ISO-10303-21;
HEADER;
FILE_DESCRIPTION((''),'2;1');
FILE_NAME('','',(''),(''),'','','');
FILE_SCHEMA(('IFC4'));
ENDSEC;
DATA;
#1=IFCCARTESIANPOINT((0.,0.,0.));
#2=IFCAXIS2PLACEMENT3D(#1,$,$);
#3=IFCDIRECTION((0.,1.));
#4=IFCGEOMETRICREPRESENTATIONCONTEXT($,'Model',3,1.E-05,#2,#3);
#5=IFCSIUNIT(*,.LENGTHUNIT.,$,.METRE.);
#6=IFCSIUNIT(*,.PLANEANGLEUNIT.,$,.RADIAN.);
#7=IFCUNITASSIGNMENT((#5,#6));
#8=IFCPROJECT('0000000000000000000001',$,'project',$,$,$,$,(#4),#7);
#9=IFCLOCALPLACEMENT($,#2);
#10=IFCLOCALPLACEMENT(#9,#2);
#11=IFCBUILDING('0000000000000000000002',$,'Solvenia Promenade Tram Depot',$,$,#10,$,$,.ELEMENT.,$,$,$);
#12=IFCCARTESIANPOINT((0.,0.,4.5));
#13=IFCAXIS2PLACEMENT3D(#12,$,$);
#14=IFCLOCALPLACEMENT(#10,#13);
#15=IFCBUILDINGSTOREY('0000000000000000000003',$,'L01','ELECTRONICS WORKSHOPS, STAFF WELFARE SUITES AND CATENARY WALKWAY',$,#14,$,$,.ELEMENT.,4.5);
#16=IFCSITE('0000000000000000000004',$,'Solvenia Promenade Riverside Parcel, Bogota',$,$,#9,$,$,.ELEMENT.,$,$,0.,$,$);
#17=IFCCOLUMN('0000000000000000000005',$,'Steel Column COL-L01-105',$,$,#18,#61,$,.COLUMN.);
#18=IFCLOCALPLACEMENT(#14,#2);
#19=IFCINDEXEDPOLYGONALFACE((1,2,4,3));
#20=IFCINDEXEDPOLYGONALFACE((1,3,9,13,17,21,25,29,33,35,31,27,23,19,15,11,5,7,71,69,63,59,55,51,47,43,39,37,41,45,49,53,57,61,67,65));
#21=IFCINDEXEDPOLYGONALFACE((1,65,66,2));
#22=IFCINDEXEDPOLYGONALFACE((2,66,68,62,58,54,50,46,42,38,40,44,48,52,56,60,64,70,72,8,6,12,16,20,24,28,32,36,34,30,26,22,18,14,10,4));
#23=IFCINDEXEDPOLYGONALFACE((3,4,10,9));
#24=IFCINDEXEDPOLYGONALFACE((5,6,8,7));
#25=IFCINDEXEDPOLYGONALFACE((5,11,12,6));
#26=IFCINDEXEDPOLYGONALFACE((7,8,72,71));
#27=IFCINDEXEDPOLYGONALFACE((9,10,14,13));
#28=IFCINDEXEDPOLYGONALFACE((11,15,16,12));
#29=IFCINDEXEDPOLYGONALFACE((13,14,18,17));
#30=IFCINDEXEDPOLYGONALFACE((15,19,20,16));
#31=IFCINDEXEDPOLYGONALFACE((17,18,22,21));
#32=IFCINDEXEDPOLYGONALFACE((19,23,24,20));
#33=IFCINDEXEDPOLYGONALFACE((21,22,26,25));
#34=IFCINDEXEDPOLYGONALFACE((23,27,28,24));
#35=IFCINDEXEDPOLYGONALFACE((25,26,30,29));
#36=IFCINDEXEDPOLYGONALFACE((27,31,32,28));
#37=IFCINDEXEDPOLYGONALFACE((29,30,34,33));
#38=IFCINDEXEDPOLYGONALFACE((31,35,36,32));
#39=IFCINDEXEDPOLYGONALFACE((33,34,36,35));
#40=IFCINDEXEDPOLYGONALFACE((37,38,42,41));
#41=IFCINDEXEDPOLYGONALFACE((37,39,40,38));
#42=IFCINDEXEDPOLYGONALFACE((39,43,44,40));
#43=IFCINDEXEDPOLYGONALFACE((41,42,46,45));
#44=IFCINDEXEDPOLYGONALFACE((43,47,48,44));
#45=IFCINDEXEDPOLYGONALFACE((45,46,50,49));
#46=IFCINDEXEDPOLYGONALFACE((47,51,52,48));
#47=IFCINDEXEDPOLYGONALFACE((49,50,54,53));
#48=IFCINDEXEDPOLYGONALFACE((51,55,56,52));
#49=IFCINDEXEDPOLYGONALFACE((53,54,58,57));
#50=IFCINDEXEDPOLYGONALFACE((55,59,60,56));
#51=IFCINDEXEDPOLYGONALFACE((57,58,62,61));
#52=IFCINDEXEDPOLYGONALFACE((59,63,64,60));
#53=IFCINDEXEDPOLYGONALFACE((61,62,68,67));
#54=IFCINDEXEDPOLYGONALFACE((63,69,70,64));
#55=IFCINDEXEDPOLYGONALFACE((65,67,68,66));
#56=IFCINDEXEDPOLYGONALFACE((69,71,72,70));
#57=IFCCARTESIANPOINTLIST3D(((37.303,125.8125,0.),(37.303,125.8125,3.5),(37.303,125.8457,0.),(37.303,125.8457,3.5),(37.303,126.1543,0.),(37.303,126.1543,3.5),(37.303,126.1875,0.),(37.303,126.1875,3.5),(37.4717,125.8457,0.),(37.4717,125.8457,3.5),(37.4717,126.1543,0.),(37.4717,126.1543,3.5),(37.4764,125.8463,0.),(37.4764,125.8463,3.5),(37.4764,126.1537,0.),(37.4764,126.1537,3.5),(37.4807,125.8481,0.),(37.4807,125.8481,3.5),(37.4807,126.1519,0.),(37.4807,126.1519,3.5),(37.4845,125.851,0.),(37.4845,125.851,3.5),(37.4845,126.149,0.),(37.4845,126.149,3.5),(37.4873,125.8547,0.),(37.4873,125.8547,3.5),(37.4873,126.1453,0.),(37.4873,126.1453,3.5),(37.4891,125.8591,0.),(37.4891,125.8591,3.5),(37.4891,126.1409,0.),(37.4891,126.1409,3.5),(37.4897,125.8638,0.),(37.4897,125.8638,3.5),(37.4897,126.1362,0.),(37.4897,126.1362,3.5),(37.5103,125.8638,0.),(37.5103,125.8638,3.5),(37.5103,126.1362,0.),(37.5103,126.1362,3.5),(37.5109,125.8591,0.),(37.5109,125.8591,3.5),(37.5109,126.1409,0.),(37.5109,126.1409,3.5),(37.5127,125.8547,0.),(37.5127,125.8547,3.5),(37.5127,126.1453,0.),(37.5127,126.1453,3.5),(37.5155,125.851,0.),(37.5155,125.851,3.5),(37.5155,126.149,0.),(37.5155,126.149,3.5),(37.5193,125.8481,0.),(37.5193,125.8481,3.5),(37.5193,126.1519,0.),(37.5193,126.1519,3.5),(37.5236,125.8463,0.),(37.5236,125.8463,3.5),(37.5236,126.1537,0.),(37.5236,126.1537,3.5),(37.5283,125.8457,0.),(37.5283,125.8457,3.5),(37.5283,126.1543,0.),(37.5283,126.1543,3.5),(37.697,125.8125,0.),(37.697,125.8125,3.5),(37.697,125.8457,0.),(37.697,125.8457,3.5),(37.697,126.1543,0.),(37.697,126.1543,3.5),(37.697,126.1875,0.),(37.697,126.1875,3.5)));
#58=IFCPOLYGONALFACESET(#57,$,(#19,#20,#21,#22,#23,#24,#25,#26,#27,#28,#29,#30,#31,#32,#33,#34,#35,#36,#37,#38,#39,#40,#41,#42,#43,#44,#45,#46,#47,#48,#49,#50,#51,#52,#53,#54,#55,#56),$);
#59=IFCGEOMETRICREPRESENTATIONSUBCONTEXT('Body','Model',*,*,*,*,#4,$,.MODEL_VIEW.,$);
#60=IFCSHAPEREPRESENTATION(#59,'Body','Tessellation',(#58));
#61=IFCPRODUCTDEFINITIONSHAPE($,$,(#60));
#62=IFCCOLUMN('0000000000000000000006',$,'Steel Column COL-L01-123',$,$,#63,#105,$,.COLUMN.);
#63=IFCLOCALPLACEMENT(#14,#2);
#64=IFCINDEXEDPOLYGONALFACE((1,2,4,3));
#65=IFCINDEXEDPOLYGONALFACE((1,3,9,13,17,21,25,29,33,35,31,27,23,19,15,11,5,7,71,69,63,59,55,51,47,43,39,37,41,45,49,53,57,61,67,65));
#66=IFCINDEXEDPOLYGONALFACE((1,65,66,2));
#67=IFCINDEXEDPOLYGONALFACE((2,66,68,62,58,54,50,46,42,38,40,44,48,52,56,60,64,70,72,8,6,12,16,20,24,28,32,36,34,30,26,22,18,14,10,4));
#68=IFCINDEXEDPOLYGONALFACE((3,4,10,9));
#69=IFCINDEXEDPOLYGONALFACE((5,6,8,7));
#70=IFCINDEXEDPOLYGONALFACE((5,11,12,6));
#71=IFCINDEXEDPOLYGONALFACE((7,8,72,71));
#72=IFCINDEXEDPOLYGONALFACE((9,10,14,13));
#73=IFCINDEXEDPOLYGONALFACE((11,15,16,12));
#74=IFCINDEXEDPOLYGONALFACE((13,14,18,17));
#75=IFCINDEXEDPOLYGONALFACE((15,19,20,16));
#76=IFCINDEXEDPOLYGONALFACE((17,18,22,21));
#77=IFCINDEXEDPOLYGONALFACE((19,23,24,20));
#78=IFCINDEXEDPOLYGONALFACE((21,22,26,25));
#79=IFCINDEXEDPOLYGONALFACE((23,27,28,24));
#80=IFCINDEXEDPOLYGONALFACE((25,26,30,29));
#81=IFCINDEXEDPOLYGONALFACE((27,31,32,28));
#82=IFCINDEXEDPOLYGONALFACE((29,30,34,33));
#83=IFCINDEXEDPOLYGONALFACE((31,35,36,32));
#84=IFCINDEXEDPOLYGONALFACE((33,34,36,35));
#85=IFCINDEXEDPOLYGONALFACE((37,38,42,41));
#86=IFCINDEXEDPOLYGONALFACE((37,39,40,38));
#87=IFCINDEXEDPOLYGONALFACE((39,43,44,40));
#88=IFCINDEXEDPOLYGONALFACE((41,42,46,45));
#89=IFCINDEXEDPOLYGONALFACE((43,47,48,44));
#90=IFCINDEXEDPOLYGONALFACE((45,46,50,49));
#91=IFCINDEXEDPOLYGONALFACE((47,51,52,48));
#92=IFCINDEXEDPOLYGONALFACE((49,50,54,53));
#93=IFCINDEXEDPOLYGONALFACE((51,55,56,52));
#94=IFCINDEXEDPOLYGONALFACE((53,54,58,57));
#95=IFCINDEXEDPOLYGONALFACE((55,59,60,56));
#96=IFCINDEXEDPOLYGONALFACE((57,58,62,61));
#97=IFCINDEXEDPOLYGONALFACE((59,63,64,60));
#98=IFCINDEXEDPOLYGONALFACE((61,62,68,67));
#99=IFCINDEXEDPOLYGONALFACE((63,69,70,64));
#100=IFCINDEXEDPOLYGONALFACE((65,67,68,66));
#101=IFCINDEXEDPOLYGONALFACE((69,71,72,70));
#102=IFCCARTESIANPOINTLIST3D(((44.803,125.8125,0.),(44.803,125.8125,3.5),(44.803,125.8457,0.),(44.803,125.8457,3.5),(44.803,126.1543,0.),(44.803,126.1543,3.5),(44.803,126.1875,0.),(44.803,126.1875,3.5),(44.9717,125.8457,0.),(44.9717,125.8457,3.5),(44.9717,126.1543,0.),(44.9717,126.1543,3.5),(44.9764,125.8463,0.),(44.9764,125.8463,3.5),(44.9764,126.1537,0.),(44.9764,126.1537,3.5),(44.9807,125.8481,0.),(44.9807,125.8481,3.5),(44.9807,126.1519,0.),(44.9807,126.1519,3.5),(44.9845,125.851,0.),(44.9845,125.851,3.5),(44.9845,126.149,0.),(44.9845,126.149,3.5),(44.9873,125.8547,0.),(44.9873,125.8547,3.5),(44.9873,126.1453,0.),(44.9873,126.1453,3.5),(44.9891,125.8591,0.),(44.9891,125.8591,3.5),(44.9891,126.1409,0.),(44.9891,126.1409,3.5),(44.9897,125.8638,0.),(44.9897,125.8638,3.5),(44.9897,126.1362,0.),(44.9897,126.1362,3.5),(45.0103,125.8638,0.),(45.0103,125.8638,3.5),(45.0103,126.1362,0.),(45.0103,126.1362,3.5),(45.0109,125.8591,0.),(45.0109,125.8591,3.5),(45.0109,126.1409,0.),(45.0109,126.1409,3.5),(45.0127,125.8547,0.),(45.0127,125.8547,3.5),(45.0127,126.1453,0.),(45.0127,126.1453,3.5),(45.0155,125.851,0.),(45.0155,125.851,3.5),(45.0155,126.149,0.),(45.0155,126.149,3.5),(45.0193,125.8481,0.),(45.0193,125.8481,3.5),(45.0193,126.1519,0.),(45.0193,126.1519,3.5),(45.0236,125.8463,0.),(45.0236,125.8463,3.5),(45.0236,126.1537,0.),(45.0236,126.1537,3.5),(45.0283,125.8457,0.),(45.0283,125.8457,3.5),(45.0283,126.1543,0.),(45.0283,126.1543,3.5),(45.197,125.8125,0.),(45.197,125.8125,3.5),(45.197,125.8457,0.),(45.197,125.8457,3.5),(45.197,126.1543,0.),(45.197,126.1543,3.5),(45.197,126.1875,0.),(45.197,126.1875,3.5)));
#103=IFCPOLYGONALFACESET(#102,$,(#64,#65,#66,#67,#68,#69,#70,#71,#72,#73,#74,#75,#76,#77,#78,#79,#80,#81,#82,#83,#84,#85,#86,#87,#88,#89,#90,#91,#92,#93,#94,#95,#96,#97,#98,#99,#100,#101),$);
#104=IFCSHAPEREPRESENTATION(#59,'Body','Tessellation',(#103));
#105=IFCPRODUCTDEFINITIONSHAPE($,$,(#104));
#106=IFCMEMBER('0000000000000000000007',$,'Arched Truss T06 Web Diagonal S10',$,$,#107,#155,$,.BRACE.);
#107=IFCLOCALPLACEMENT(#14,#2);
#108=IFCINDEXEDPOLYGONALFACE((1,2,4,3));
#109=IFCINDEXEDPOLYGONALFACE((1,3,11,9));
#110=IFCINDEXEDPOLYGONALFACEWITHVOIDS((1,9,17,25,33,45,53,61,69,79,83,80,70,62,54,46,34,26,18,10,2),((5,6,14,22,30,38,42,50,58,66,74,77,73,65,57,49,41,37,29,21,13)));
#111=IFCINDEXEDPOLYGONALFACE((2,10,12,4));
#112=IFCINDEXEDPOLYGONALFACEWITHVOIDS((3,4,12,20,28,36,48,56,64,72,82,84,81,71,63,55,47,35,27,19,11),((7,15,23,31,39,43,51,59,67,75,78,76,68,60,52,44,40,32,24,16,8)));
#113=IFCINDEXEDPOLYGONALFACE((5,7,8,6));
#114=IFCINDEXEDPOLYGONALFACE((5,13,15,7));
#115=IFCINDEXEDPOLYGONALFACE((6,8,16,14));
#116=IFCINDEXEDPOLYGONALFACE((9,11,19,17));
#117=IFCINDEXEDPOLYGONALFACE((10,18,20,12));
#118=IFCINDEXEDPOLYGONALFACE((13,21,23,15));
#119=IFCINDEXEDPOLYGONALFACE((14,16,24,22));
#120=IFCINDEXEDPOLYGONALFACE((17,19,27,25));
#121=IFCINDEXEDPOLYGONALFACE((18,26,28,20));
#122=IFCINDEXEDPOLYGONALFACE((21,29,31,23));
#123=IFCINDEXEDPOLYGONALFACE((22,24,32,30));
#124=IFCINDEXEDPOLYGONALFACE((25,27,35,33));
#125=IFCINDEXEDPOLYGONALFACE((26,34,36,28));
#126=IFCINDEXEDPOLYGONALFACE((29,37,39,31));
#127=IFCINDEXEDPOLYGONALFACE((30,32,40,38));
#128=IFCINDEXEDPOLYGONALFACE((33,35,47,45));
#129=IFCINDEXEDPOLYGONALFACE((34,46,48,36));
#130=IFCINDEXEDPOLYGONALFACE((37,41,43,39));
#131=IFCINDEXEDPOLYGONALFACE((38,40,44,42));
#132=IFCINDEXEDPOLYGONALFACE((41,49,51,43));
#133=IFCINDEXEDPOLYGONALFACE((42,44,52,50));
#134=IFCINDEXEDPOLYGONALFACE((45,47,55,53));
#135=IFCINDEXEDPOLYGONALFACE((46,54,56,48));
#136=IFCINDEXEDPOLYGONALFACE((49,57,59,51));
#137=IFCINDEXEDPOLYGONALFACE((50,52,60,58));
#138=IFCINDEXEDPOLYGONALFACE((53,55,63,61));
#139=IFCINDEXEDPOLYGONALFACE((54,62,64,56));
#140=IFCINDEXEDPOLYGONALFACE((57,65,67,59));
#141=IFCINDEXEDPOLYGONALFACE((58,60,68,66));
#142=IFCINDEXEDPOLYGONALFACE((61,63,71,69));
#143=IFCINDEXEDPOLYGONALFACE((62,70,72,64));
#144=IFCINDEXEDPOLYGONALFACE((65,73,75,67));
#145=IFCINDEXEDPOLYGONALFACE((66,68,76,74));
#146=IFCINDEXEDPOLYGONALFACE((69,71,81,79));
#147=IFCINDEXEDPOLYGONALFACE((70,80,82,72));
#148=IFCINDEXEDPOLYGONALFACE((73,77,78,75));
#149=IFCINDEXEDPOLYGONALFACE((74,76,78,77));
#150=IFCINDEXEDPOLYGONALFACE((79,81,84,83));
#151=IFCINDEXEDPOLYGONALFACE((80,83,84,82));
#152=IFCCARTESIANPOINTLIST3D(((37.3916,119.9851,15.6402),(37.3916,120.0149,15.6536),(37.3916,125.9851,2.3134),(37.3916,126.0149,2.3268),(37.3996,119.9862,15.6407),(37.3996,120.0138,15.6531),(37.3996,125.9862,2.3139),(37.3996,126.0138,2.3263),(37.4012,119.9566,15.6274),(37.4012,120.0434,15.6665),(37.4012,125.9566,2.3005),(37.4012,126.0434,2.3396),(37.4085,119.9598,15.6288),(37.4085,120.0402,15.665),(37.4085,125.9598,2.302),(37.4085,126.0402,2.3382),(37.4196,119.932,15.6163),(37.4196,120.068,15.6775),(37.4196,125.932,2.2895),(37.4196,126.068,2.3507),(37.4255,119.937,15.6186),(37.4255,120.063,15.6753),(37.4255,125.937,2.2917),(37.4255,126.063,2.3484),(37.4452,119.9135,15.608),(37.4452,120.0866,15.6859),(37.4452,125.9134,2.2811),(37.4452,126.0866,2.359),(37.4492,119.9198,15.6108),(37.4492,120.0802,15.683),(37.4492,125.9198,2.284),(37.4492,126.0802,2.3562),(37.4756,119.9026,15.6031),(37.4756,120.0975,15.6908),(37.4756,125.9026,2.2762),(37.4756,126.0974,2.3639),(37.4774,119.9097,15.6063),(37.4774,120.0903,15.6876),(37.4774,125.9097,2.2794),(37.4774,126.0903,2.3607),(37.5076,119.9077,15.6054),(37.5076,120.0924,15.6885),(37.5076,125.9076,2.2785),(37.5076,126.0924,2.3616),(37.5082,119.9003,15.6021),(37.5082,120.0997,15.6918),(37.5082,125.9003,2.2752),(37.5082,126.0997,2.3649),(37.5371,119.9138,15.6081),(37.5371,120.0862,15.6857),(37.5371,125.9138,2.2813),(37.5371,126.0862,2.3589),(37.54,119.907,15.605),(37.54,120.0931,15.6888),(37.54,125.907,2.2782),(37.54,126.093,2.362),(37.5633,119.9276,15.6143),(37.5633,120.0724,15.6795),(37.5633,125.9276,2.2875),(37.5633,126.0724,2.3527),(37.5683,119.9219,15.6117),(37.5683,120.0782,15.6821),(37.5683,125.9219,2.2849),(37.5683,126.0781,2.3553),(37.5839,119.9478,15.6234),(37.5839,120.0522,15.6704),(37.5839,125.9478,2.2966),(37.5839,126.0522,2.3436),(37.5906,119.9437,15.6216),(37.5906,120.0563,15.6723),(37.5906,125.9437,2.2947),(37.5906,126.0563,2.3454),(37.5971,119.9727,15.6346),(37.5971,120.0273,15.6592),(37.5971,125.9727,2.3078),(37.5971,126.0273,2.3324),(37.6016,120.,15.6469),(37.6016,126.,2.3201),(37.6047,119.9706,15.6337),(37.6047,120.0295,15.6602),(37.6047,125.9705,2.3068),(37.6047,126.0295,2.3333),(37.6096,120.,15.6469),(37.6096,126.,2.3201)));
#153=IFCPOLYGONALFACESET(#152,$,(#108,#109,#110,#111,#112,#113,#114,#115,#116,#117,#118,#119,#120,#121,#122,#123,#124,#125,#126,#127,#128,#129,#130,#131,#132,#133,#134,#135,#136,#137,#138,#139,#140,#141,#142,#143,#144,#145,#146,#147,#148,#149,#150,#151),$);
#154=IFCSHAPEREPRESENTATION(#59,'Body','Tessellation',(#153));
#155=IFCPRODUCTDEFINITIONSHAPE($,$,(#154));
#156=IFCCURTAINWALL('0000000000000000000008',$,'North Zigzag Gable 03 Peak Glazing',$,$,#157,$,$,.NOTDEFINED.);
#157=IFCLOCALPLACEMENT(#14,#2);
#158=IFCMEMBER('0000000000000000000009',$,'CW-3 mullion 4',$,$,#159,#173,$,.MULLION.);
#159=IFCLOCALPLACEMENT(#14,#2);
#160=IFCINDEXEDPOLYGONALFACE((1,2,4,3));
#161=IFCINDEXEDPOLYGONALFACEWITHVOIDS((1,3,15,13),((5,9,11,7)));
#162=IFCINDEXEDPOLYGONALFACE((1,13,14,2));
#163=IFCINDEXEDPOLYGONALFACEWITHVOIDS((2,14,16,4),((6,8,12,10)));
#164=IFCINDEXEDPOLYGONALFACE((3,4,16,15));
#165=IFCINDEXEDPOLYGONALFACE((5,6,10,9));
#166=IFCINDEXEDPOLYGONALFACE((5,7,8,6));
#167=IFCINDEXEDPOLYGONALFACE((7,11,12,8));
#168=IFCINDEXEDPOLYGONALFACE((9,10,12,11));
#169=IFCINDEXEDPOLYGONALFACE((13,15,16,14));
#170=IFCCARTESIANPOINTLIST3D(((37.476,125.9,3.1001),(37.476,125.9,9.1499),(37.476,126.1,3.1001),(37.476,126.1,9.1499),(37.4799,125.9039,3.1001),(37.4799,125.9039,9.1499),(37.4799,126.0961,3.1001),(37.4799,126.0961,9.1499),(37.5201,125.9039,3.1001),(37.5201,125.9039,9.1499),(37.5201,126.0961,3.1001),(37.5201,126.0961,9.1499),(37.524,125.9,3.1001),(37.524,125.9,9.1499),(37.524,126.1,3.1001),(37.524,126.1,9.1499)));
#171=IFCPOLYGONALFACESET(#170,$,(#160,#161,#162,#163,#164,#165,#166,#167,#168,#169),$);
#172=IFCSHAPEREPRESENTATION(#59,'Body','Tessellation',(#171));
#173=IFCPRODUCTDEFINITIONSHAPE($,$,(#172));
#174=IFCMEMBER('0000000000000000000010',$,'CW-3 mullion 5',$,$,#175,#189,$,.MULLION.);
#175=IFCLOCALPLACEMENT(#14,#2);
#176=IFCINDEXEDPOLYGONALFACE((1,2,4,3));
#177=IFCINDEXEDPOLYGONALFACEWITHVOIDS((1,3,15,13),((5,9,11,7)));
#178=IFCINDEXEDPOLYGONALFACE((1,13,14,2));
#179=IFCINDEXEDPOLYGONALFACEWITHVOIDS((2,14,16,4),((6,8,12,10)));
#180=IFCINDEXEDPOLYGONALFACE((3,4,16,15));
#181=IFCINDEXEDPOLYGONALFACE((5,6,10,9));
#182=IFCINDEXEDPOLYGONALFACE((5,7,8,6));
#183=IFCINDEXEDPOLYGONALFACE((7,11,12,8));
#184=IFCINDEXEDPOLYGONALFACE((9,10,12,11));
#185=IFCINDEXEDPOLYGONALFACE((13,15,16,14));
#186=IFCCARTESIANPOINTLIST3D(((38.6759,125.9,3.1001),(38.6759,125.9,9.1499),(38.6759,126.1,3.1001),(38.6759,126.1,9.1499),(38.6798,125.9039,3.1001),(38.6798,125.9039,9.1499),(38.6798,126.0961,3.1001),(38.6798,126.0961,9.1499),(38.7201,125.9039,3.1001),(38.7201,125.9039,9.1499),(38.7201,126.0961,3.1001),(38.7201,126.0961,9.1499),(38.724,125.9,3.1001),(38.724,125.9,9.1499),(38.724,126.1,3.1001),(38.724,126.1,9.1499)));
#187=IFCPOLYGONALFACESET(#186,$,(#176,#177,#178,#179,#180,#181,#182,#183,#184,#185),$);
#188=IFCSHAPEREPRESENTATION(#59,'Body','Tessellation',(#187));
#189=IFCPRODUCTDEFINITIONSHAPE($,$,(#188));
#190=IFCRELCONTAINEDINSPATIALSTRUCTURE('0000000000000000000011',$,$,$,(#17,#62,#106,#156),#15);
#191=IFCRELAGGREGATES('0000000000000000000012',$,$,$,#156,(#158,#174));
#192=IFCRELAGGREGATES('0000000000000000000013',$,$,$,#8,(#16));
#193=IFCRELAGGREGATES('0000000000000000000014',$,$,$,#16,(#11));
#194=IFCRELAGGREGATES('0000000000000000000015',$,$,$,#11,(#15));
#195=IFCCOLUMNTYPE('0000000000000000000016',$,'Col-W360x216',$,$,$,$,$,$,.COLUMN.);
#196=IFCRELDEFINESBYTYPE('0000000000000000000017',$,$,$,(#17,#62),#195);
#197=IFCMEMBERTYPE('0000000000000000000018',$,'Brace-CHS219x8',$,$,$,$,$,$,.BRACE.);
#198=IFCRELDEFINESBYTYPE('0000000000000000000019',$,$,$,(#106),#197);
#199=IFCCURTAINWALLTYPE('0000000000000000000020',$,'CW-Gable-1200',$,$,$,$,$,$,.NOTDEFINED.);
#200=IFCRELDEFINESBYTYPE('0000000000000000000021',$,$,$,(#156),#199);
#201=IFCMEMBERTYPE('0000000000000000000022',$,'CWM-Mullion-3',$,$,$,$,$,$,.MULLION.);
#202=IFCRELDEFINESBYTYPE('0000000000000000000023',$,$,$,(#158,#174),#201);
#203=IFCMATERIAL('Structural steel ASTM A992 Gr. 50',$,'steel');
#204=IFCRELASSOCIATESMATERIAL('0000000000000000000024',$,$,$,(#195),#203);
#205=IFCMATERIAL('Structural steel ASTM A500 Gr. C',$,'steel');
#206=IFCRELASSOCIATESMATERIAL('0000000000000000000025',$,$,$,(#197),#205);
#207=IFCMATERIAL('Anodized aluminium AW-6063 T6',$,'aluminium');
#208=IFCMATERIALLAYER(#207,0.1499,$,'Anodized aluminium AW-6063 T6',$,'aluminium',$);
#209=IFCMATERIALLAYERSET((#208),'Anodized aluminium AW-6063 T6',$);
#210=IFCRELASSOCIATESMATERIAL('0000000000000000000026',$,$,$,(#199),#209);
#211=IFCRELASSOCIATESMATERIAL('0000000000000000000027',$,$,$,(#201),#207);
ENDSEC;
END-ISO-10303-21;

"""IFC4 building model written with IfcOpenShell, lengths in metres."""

from ifc_helpers import new_model, si_unit, direction, frame, origin, origin_2d, place, context, subcontext, project, spatial, hollow_rectangle, hollow_circle, i_section, extrude, material, layer, layer_set, material_profile, profile_set, type_object, element, aggregate, save


model = new_model("IFC4")

# Units and contexts
model_context = context("Model", 3, precision=1e-05, world=origin(), true_north=direction((0.0, 1.0)))
body_context = subcontext(model_context, "Body", "Model", "MODEL_VIEW")
ifc_project = project(units=[si_unit("LENGTHUNIT", "METRE"), si_unit("PLANEANGLEUNIT", "RADIAN")], contexts=[model_context])

# Site, building, storey
site_placement = place(None, origin())
site = spatial("IfcSite", under=ifc_project, at=site_placement, Name="Solvenia Promenade Riverside Parcel, Bogota", CompositionType="ELEMENT", RefElevation=0.0)
building_placement = place(site_placement, origin())
building = spatial("IfcBuilding", under=site, at=building_placement, Name="Solvenia Promenade Tram Depot", CompositionType="ELEMENT")
storey_placement = place(building_placement, frame((0.0, 0.0, 4.5)))
storey = spatial("IfcBuildingStorey", under=building, at=storey_placement, Name="L01", Description="ELECTRONICS WORKSHOPS, STAFF WELFARE SUITES AND CATENARY WALKWAY", CompositionType="ELEMENT", Elevation=4.5)

# Columns
ifc_material_1 = material(Name="Structural steel ASTM A992 Gr. 50", Category="steel")
ifc_material_profile_1 = material_profile(ifc_material_1, i_section(OverallWidth=0.394, OverallDepth=0.375, WebThickness=0.0205, FlangeThickness=0.0332, FilletRadius=0.0181, at=origin_2d()), Name="W360x216", Category="steel")
ifc_profile_set_1 = profile_set([ifc_material_profile_1], Name="Structural steel ASTM A992 Gr. 50")
column_type = type_object("IfcColumnType", Name="Col-W360x216", PredefinedType="COLUMN", material=ifc_profile_set_1)
for number, where, z_axis, x_axis, name in (
    (1, (37.5, 126.0, 0.0), (0.0, 0.0, 1.0), (1.0, 0.0, 0.0), "Steel Column COL-L01-105"),
    (2, (45.0, 126.0, 0.0), (0.0, 0.0, 1.0), (1.0, 0.0, 0.0), "Steel Column COL-L01-123"),
):
    element("IfcColumn", number, at=place(storey_placement, frame(where, z_axis=z_axis, x_axis=x_axis)), inside=storey, type_object=column_type, Name=name, PredefinedType="COLUMN", context=body_context, shape_type="SweptSolid", body=[
        extrude(i_section(OverallWidth=0.394, OverallDepth=0.375, WebThickness=0.0205, FlangeThickness=0.0332, FilletRadius=0.0181, at=origin_2d()), origin(), (0.0, 0.0, 1.0), 3.5),
    ])

# Member
ifc_material_2 = material(Name="Structural steel ASTM A500 Gr. C", Category="steel")
ifc_material_profile_2 = material_profile(ifc_material_2, hollow_circle(Radius=0.1096, WallThickness=0.0081, at=origin_2d()), Name="CHS219.1x8", Category="steel")
ifc_profile_set_2 = profile_set([ifc_material_profile_2], Name="Structural steel ASTM A500 Gr. C")
member_type_1 = type_object("IfcMemberType", Name="Brace-CHS219x8", PredefinedType="BRACE", material=ifc_profile_set_2)
member_1_placement = place(storey_placement, frame((37.5, 126.0, 2.3201), z_axis=(0.0, -0.410529, 0.911847), x_axis=(1.0, 0.0, 0.0)))
element("IfcMember", 3, at=member_1_placement, inside=storey, type_object=member_type_1, Name="Arched Truss T06 Web Diagonal S10", PredefinedType="BRACE", context=body_context, shape_type="SweptSolid", body=[
    extrude(hollow_circle(Radius=0.1096, WallThickness=0.0081, at=origin_2d()), origin(), (0.0, 0.0, 1.0), 14.6152),
])

# Curtain wall, members
ifc_material_3 = material(Name="Anodized aluminium AW-6063 T6", Category="aluminium")
ifc_layer_1 = layer(ifc_material_3, 0.1499, Name="Anodized aluminium AW-6063 T6", Category="aluminium")
ifc_layer_set_1 = layer_set([ifc_layer_1], Name="Anodized aluminium AW-6063 T6")
curtain_wall_type = type_object("IfcCurtainWallType", Name="CW-Gable-1200", PredefinedType="NOTDEFINED", material=ifc_layer_set_1)
curtain_wall_placement = place(storey_placement, origin())
curtain_wall = element("IfcCurtainWall", 4, at=curtain_wall_placement, inside=storey, type_object=curtain_wall_type, Name="North Zigzag Gable 03 Peak Glazing", PredefinedType="NOTDEFINED")
ifc_material_profile_3 = material_profile(ifc_material_3, hollow_rectangle(XDim=0.2, YDim=0.0481, WallThickness=0.0039, at=origin_2d()), Name="ALU-M3", Category="aluminium")
ifc_profile_set_3 = profile_set([ifc_material_profile_3], Name="Anodized aluminium AW-6063 T6")
member_type_2 = type_object("IfcMemberType", Name="CWM-Mullion-3", PredefinedType="MULLION", material=ifc_profile_set_3)
member_2_placement = place(storey_placement, frame((37.5, 126.0, 3.1001), z_axis=(0.0, 0.0, 1.0), x_axis=(0.0, 1.0, 0.0)))
member_2 = element("IfcMember", 5, at=member_2_placement, type_object=member_type_2, Name="CW-3 mullion 4", PredefinedType="MULLION", context=body_context, shape_type="SweptSolid", body=[
    extrude(hollow_rectangle(XDim=0.2, YDim=0.0481, WallThickness=0.0039, at=origin_2d()), origin(), (0.0, 0.0, 1.0), 6.0498),
])
member_3_placement = place(storey_placement, frame((38.7, 126.0, 3.1001), z_axis=(0.0, 0.0, 1.0), x_axis=(0.0, 1.0, 0.0)))
member_3 = element("IfcMember", 6, at=member_3_placement, type_object=member_type_2, Name="CW-3 mullion 5", PredefinedType="MULLION", context=body_context, shape_type="SweptSolid", body=[
    extrude(hollow_rectangle(XDim=0.2, YDim=0.0481, WallThickness=0.0039, at=origin_2d()), origin(), (0.0, 0.0, 1.0), 6.0498),
])
aggregate(curtain_wall, [member_2, member_3])

save(model, "model.ifc")
